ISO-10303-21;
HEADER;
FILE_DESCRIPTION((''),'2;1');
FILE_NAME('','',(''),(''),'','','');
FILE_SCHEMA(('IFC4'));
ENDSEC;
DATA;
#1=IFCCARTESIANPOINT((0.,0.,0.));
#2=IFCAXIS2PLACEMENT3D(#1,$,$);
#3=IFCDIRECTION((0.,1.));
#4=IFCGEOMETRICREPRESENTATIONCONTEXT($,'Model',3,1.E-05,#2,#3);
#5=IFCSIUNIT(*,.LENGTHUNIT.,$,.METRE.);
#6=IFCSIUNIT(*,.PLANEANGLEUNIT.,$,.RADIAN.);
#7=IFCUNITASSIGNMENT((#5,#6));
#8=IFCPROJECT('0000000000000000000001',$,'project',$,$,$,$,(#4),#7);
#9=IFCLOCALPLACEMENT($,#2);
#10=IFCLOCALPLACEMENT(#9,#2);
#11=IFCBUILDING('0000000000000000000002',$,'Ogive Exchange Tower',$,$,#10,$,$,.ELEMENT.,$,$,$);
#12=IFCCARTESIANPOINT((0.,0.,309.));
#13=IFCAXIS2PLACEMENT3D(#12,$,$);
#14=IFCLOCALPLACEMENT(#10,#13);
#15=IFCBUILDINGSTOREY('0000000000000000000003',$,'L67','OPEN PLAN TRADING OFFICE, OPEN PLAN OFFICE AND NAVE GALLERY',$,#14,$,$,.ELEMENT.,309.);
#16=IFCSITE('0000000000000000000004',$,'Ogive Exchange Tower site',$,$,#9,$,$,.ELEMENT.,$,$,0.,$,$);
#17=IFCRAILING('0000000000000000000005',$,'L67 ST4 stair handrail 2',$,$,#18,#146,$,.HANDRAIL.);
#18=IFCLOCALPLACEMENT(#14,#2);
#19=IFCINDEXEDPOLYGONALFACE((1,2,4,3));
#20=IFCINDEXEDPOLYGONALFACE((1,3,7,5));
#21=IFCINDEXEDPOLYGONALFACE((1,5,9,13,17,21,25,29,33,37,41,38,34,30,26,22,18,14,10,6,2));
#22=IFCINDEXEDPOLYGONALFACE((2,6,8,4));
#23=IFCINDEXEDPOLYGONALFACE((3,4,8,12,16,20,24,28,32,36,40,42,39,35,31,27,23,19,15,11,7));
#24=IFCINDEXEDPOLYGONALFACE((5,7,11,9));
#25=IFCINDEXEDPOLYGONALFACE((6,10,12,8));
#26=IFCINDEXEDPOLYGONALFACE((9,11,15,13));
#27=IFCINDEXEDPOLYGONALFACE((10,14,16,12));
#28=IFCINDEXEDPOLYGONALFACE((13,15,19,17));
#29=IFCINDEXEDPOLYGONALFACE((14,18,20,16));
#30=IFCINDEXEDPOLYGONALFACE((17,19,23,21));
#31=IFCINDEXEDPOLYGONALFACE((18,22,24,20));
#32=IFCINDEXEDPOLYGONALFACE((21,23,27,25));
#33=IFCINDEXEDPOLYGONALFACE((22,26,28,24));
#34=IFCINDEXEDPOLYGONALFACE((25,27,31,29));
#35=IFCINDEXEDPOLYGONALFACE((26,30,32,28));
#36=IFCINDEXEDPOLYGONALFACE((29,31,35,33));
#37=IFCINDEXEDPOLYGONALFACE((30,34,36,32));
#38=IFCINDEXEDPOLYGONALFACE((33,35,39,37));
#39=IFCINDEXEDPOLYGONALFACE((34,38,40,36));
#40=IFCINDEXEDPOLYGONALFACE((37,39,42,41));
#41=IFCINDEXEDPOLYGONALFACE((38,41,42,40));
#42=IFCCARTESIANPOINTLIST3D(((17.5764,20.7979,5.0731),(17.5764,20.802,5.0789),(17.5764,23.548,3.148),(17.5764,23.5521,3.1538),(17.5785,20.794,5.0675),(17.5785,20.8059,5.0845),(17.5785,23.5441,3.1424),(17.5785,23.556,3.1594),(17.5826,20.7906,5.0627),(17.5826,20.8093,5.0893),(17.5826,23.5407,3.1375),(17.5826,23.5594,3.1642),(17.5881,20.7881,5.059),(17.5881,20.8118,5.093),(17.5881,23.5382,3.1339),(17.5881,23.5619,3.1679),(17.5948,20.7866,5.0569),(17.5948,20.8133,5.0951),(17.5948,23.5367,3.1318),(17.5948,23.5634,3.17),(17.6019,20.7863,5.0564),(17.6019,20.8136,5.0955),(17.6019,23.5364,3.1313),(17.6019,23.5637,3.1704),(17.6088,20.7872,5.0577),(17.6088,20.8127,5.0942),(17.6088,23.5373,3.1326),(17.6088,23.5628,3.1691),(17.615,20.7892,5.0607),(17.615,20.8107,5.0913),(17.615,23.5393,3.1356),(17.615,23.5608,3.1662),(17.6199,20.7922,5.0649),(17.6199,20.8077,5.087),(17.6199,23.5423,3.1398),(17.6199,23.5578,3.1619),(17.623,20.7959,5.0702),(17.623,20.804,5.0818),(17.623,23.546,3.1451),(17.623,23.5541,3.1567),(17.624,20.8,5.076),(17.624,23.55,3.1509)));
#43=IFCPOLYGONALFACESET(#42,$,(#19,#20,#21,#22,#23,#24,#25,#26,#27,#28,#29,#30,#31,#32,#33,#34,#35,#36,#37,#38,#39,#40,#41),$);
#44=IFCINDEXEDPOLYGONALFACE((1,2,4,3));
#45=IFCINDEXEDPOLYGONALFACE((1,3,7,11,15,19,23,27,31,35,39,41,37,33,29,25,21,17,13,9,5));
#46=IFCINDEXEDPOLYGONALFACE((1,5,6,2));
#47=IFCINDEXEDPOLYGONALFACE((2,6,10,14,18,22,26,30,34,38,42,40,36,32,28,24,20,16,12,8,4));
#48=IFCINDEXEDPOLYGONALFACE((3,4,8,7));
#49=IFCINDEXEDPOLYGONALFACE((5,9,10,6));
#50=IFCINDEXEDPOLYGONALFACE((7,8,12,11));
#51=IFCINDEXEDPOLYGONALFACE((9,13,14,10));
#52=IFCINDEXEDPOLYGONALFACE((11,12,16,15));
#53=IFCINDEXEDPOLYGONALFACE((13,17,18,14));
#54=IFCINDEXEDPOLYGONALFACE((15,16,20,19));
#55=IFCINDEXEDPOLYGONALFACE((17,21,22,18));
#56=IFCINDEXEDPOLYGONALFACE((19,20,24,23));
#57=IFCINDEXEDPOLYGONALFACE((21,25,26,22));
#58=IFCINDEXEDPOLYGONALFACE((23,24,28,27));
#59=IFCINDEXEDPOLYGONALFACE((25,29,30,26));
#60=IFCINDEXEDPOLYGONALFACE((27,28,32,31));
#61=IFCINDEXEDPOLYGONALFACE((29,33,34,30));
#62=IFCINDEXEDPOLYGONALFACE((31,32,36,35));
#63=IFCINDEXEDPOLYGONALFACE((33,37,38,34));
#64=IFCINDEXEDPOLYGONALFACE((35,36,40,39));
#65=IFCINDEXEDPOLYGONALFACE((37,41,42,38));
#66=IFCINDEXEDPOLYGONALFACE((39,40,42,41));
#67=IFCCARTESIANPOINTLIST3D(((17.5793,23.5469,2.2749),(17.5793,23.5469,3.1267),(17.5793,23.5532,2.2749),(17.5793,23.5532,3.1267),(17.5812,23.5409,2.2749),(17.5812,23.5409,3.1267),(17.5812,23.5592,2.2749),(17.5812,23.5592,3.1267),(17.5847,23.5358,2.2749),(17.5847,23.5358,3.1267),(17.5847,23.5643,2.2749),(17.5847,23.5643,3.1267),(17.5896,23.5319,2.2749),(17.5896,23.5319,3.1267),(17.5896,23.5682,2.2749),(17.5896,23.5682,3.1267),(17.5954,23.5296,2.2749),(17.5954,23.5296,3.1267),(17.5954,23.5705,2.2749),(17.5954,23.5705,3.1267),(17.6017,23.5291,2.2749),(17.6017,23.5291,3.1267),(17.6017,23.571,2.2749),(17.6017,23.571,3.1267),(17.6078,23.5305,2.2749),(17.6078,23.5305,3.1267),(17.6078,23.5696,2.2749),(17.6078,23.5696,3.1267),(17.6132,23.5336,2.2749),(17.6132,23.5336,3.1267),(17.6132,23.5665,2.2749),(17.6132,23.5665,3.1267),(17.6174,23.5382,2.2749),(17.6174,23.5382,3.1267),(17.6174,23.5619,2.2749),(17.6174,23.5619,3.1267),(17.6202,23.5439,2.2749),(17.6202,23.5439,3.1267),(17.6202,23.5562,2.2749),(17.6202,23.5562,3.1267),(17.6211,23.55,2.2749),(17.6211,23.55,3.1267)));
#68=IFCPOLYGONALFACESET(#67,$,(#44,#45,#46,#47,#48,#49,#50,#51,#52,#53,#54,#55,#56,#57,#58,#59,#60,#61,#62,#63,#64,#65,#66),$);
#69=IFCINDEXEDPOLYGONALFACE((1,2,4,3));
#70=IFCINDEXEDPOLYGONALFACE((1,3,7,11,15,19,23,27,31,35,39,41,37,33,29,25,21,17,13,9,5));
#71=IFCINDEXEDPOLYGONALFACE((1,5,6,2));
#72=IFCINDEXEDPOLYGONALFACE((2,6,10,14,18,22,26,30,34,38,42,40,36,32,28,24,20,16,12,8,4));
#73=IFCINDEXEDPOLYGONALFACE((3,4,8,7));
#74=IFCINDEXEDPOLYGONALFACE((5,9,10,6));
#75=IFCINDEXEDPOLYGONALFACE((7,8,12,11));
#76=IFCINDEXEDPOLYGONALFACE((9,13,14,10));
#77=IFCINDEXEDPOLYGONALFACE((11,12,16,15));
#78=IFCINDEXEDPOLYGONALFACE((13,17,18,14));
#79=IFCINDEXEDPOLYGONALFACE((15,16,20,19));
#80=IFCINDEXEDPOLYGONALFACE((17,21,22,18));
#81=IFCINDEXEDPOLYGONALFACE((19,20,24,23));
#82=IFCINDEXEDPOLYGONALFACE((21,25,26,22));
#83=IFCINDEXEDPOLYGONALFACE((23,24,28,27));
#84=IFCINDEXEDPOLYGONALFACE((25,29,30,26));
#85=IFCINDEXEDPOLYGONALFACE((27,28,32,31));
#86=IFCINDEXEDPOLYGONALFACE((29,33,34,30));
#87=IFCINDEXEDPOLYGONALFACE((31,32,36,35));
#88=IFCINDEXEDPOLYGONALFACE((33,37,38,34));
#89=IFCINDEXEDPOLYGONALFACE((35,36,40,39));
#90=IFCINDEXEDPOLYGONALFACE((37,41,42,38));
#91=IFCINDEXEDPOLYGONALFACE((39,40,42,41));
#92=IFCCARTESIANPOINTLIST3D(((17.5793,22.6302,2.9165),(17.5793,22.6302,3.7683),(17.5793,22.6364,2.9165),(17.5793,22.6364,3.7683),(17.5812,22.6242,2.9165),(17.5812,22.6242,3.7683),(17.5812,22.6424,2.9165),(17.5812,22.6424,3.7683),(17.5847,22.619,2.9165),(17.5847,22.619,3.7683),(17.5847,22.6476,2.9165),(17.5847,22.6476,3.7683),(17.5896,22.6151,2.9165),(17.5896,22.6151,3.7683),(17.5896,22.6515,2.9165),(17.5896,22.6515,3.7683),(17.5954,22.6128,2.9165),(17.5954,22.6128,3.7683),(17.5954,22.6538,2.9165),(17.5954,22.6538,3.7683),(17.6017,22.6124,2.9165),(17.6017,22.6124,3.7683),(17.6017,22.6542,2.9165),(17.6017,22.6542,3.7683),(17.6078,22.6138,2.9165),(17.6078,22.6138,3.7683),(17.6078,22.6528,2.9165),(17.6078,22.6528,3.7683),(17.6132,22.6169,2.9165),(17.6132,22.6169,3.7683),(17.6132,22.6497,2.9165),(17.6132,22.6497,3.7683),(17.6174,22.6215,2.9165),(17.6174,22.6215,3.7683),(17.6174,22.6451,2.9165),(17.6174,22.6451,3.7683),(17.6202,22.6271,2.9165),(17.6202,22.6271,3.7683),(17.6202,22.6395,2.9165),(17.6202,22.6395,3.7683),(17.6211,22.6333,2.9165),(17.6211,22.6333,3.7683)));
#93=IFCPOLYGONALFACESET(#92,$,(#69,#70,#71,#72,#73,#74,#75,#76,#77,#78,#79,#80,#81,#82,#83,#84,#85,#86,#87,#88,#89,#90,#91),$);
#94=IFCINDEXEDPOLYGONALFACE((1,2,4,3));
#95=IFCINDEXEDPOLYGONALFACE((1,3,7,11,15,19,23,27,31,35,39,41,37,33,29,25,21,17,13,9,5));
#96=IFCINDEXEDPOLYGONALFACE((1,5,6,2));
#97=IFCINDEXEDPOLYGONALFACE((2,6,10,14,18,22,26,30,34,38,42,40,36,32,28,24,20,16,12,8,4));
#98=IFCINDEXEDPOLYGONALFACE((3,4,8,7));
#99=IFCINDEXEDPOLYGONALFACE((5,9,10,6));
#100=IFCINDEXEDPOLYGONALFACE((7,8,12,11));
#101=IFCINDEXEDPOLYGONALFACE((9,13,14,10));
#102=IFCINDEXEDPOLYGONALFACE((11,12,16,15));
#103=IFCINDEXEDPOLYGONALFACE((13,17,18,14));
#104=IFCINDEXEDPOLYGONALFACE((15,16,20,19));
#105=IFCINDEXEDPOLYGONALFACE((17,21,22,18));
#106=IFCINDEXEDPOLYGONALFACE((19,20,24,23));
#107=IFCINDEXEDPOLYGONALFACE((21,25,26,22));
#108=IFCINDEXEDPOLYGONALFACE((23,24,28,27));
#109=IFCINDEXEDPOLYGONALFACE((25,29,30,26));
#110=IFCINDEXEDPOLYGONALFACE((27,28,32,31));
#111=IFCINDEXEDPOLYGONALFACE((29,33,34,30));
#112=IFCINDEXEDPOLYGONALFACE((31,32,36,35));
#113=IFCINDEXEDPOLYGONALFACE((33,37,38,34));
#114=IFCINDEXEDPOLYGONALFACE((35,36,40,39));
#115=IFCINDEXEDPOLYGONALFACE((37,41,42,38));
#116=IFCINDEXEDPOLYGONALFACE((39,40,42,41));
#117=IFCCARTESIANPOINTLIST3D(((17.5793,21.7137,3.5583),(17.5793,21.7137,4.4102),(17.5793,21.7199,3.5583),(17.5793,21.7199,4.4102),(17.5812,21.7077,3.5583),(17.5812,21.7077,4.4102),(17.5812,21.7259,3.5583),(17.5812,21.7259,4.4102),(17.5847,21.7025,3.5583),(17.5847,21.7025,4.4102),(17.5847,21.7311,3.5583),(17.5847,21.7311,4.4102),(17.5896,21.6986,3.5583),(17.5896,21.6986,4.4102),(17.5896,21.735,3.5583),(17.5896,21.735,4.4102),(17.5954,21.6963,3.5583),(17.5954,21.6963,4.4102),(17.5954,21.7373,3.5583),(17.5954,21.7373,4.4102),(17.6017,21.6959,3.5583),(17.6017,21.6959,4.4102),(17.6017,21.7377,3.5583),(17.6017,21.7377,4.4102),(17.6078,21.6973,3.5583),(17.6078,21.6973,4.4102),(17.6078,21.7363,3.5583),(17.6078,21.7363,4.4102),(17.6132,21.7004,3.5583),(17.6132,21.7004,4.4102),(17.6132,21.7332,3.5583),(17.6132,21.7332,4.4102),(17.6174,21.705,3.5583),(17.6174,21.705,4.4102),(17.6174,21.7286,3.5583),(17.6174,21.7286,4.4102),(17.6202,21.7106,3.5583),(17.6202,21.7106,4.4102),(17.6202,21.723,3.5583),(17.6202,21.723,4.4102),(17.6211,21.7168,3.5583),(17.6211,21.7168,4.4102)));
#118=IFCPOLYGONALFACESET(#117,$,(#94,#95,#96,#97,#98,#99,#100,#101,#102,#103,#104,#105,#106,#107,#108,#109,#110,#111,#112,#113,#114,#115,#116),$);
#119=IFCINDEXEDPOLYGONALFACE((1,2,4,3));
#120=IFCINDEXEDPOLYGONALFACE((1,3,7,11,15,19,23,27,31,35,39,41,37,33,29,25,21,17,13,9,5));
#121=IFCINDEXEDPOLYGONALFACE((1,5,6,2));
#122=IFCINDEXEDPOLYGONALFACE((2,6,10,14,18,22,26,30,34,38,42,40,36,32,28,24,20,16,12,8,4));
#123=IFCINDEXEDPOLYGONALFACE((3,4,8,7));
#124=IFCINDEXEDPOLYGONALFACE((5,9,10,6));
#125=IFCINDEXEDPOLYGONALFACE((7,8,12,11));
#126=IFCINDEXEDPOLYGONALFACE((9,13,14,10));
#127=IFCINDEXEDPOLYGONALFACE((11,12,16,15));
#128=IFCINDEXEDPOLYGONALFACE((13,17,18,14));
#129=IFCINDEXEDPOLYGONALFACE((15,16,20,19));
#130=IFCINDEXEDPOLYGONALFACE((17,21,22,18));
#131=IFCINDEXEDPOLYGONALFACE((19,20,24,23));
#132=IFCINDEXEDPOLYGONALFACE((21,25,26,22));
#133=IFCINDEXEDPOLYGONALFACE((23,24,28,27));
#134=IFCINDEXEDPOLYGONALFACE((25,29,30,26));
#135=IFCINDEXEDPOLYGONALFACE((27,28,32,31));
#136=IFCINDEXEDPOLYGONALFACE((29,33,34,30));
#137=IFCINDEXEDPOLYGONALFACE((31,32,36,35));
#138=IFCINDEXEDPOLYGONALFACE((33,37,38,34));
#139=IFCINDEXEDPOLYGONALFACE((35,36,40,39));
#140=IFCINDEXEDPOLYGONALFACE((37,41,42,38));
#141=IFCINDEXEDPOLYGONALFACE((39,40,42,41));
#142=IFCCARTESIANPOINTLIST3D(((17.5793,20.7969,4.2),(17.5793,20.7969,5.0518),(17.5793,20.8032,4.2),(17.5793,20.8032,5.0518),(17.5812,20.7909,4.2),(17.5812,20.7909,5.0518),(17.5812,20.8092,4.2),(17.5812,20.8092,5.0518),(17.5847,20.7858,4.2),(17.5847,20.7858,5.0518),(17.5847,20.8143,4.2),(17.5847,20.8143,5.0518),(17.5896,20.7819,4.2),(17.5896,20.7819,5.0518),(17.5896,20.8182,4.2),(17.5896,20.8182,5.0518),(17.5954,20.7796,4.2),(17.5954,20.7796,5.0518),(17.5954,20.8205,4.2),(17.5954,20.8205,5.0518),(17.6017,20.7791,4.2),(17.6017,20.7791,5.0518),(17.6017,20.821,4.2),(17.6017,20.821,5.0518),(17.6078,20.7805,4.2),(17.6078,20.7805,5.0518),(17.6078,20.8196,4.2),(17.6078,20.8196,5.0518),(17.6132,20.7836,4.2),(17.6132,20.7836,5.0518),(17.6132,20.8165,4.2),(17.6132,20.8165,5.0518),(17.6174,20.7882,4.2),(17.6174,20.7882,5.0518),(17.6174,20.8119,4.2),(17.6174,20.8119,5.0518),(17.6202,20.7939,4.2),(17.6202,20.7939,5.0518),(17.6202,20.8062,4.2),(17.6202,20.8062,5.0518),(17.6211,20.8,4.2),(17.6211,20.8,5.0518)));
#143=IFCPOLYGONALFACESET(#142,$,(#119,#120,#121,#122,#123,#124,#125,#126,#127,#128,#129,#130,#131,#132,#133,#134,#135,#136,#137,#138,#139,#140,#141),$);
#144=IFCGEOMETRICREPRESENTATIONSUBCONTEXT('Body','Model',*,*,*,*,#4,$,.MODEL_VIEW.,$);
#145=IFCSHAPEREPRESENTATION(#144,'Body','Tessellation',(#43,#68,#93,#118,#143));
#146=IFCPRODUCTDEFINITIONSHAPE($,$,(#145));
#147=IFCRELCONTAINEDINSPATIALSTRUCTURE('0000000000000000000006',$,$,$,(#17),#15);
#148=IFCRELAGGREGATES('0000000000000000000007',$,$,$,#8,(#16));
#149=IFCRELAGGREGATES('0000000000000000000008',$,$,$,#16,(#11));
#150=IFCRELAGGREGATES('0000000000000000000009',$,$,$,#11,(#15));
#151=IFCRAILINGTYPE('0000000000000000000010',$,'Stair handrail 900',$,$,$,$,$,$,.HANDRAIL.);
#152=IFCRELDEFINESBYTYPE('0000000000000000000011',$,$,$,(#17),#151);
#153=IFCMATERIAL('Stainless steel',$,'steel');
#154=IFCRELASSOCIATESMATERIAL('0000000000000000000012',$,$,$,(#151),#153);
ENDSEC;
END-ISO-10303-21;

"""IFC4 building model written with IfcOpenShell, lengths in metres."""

from ifc_helpers import new_model, si_unit, direction, frame, origin, origin_2d, place, context, subcontext, project, spatial, circle, extrude, material, type_object, element, save


model = new_model("IFC4")

# Units and contexts
model_context = context("Model", 3, precision=1e-05, world=origin(), true_north=direction((0.0, 1.0)))
body_context = subcontext(model_context, "Body", "Model", "MODEL_VIEW")
ifc_project = project(units=[si_unit("LENGTHUNIT", "METRE"), si_unit("PLANEANGLEUNIT", "RADIAN")], contexts=[model_context])

# Site, building, storey
site_placement = place(None, origin())
site = spatial("IfcSite", under=ifc_project, at=site_placement, Name="Ogive Exchange Tower site", CompositionType="ELEMENT", RefElevation=0.0)
building_placement = place(site_placement, origin())
building = spatial("IfcBuilding", under=site, at=building_placement, Name="Ogive Exchange Tower", CompositionType="ELEMENT")
storey_placement = place(building_placement, frame((0.0, 0.0, 309.0)))
storey = spatial("IfcBuildingStorey", under=building, at=storey_placement, Name="L67", Description="OPEN PLAN TRADING OFFICE, OPEN PLAN OFFICE AND NAVE GALLERY", CompositionType="ELEMENT", Elevation=309.0)

# Railing
ifc_material_1 = material(Name="Stainless steel", Category="steel")
railing_type = type_object("IfcRailingType", Name="Stair handrail 900", PredefinedType="HANDRAIL", material=ifc_material_1)
railing_1_placement = place(storey_placement, frame((17.6001, 23.55, 2.2749)))
element("IfcRailing", 1, at=railing_1_placement, inside=storey, type_object=railing_type, Name="L67 ST4 stair handrail 2", PredefinedType="HANDRAIL", context=body_context, shape_type="SweptSolid", body=[
    extrude(circle(Radius=0.0239, at=origin_2d()), frame((0.0, 0.0, 0.876), z_axis=(0.0, -0.819225, 0.573472), x_axis=(1.0, 0.0, 0.0)), (0.0, 0.0, 1.0), 3.3569),
    extrude(circle(Radius=0.021, at=origin_2d()), origin(), (0.0, 0.0, 1.0), 0.8518),
    extrude(circle(Radius=0.021, at=origin_2d()), frame((0.0, -0.9167, 0.6416)), (0.0, 0.0, 1.0), 0.8518),
    extrude(circle(Radius=0.021, at=origin_2d()), frame((0.0, -1.8333, 1.2834)), (0.0, 0.0, 1.0), 0.8518),
    extrude(circle(Radius=0.021, at=origin_2d()), frame((0.0, -2.75, 1.925)), (0.0, 0.0, 1.0), 0.8518),
])

save(model, "model.ifc")
